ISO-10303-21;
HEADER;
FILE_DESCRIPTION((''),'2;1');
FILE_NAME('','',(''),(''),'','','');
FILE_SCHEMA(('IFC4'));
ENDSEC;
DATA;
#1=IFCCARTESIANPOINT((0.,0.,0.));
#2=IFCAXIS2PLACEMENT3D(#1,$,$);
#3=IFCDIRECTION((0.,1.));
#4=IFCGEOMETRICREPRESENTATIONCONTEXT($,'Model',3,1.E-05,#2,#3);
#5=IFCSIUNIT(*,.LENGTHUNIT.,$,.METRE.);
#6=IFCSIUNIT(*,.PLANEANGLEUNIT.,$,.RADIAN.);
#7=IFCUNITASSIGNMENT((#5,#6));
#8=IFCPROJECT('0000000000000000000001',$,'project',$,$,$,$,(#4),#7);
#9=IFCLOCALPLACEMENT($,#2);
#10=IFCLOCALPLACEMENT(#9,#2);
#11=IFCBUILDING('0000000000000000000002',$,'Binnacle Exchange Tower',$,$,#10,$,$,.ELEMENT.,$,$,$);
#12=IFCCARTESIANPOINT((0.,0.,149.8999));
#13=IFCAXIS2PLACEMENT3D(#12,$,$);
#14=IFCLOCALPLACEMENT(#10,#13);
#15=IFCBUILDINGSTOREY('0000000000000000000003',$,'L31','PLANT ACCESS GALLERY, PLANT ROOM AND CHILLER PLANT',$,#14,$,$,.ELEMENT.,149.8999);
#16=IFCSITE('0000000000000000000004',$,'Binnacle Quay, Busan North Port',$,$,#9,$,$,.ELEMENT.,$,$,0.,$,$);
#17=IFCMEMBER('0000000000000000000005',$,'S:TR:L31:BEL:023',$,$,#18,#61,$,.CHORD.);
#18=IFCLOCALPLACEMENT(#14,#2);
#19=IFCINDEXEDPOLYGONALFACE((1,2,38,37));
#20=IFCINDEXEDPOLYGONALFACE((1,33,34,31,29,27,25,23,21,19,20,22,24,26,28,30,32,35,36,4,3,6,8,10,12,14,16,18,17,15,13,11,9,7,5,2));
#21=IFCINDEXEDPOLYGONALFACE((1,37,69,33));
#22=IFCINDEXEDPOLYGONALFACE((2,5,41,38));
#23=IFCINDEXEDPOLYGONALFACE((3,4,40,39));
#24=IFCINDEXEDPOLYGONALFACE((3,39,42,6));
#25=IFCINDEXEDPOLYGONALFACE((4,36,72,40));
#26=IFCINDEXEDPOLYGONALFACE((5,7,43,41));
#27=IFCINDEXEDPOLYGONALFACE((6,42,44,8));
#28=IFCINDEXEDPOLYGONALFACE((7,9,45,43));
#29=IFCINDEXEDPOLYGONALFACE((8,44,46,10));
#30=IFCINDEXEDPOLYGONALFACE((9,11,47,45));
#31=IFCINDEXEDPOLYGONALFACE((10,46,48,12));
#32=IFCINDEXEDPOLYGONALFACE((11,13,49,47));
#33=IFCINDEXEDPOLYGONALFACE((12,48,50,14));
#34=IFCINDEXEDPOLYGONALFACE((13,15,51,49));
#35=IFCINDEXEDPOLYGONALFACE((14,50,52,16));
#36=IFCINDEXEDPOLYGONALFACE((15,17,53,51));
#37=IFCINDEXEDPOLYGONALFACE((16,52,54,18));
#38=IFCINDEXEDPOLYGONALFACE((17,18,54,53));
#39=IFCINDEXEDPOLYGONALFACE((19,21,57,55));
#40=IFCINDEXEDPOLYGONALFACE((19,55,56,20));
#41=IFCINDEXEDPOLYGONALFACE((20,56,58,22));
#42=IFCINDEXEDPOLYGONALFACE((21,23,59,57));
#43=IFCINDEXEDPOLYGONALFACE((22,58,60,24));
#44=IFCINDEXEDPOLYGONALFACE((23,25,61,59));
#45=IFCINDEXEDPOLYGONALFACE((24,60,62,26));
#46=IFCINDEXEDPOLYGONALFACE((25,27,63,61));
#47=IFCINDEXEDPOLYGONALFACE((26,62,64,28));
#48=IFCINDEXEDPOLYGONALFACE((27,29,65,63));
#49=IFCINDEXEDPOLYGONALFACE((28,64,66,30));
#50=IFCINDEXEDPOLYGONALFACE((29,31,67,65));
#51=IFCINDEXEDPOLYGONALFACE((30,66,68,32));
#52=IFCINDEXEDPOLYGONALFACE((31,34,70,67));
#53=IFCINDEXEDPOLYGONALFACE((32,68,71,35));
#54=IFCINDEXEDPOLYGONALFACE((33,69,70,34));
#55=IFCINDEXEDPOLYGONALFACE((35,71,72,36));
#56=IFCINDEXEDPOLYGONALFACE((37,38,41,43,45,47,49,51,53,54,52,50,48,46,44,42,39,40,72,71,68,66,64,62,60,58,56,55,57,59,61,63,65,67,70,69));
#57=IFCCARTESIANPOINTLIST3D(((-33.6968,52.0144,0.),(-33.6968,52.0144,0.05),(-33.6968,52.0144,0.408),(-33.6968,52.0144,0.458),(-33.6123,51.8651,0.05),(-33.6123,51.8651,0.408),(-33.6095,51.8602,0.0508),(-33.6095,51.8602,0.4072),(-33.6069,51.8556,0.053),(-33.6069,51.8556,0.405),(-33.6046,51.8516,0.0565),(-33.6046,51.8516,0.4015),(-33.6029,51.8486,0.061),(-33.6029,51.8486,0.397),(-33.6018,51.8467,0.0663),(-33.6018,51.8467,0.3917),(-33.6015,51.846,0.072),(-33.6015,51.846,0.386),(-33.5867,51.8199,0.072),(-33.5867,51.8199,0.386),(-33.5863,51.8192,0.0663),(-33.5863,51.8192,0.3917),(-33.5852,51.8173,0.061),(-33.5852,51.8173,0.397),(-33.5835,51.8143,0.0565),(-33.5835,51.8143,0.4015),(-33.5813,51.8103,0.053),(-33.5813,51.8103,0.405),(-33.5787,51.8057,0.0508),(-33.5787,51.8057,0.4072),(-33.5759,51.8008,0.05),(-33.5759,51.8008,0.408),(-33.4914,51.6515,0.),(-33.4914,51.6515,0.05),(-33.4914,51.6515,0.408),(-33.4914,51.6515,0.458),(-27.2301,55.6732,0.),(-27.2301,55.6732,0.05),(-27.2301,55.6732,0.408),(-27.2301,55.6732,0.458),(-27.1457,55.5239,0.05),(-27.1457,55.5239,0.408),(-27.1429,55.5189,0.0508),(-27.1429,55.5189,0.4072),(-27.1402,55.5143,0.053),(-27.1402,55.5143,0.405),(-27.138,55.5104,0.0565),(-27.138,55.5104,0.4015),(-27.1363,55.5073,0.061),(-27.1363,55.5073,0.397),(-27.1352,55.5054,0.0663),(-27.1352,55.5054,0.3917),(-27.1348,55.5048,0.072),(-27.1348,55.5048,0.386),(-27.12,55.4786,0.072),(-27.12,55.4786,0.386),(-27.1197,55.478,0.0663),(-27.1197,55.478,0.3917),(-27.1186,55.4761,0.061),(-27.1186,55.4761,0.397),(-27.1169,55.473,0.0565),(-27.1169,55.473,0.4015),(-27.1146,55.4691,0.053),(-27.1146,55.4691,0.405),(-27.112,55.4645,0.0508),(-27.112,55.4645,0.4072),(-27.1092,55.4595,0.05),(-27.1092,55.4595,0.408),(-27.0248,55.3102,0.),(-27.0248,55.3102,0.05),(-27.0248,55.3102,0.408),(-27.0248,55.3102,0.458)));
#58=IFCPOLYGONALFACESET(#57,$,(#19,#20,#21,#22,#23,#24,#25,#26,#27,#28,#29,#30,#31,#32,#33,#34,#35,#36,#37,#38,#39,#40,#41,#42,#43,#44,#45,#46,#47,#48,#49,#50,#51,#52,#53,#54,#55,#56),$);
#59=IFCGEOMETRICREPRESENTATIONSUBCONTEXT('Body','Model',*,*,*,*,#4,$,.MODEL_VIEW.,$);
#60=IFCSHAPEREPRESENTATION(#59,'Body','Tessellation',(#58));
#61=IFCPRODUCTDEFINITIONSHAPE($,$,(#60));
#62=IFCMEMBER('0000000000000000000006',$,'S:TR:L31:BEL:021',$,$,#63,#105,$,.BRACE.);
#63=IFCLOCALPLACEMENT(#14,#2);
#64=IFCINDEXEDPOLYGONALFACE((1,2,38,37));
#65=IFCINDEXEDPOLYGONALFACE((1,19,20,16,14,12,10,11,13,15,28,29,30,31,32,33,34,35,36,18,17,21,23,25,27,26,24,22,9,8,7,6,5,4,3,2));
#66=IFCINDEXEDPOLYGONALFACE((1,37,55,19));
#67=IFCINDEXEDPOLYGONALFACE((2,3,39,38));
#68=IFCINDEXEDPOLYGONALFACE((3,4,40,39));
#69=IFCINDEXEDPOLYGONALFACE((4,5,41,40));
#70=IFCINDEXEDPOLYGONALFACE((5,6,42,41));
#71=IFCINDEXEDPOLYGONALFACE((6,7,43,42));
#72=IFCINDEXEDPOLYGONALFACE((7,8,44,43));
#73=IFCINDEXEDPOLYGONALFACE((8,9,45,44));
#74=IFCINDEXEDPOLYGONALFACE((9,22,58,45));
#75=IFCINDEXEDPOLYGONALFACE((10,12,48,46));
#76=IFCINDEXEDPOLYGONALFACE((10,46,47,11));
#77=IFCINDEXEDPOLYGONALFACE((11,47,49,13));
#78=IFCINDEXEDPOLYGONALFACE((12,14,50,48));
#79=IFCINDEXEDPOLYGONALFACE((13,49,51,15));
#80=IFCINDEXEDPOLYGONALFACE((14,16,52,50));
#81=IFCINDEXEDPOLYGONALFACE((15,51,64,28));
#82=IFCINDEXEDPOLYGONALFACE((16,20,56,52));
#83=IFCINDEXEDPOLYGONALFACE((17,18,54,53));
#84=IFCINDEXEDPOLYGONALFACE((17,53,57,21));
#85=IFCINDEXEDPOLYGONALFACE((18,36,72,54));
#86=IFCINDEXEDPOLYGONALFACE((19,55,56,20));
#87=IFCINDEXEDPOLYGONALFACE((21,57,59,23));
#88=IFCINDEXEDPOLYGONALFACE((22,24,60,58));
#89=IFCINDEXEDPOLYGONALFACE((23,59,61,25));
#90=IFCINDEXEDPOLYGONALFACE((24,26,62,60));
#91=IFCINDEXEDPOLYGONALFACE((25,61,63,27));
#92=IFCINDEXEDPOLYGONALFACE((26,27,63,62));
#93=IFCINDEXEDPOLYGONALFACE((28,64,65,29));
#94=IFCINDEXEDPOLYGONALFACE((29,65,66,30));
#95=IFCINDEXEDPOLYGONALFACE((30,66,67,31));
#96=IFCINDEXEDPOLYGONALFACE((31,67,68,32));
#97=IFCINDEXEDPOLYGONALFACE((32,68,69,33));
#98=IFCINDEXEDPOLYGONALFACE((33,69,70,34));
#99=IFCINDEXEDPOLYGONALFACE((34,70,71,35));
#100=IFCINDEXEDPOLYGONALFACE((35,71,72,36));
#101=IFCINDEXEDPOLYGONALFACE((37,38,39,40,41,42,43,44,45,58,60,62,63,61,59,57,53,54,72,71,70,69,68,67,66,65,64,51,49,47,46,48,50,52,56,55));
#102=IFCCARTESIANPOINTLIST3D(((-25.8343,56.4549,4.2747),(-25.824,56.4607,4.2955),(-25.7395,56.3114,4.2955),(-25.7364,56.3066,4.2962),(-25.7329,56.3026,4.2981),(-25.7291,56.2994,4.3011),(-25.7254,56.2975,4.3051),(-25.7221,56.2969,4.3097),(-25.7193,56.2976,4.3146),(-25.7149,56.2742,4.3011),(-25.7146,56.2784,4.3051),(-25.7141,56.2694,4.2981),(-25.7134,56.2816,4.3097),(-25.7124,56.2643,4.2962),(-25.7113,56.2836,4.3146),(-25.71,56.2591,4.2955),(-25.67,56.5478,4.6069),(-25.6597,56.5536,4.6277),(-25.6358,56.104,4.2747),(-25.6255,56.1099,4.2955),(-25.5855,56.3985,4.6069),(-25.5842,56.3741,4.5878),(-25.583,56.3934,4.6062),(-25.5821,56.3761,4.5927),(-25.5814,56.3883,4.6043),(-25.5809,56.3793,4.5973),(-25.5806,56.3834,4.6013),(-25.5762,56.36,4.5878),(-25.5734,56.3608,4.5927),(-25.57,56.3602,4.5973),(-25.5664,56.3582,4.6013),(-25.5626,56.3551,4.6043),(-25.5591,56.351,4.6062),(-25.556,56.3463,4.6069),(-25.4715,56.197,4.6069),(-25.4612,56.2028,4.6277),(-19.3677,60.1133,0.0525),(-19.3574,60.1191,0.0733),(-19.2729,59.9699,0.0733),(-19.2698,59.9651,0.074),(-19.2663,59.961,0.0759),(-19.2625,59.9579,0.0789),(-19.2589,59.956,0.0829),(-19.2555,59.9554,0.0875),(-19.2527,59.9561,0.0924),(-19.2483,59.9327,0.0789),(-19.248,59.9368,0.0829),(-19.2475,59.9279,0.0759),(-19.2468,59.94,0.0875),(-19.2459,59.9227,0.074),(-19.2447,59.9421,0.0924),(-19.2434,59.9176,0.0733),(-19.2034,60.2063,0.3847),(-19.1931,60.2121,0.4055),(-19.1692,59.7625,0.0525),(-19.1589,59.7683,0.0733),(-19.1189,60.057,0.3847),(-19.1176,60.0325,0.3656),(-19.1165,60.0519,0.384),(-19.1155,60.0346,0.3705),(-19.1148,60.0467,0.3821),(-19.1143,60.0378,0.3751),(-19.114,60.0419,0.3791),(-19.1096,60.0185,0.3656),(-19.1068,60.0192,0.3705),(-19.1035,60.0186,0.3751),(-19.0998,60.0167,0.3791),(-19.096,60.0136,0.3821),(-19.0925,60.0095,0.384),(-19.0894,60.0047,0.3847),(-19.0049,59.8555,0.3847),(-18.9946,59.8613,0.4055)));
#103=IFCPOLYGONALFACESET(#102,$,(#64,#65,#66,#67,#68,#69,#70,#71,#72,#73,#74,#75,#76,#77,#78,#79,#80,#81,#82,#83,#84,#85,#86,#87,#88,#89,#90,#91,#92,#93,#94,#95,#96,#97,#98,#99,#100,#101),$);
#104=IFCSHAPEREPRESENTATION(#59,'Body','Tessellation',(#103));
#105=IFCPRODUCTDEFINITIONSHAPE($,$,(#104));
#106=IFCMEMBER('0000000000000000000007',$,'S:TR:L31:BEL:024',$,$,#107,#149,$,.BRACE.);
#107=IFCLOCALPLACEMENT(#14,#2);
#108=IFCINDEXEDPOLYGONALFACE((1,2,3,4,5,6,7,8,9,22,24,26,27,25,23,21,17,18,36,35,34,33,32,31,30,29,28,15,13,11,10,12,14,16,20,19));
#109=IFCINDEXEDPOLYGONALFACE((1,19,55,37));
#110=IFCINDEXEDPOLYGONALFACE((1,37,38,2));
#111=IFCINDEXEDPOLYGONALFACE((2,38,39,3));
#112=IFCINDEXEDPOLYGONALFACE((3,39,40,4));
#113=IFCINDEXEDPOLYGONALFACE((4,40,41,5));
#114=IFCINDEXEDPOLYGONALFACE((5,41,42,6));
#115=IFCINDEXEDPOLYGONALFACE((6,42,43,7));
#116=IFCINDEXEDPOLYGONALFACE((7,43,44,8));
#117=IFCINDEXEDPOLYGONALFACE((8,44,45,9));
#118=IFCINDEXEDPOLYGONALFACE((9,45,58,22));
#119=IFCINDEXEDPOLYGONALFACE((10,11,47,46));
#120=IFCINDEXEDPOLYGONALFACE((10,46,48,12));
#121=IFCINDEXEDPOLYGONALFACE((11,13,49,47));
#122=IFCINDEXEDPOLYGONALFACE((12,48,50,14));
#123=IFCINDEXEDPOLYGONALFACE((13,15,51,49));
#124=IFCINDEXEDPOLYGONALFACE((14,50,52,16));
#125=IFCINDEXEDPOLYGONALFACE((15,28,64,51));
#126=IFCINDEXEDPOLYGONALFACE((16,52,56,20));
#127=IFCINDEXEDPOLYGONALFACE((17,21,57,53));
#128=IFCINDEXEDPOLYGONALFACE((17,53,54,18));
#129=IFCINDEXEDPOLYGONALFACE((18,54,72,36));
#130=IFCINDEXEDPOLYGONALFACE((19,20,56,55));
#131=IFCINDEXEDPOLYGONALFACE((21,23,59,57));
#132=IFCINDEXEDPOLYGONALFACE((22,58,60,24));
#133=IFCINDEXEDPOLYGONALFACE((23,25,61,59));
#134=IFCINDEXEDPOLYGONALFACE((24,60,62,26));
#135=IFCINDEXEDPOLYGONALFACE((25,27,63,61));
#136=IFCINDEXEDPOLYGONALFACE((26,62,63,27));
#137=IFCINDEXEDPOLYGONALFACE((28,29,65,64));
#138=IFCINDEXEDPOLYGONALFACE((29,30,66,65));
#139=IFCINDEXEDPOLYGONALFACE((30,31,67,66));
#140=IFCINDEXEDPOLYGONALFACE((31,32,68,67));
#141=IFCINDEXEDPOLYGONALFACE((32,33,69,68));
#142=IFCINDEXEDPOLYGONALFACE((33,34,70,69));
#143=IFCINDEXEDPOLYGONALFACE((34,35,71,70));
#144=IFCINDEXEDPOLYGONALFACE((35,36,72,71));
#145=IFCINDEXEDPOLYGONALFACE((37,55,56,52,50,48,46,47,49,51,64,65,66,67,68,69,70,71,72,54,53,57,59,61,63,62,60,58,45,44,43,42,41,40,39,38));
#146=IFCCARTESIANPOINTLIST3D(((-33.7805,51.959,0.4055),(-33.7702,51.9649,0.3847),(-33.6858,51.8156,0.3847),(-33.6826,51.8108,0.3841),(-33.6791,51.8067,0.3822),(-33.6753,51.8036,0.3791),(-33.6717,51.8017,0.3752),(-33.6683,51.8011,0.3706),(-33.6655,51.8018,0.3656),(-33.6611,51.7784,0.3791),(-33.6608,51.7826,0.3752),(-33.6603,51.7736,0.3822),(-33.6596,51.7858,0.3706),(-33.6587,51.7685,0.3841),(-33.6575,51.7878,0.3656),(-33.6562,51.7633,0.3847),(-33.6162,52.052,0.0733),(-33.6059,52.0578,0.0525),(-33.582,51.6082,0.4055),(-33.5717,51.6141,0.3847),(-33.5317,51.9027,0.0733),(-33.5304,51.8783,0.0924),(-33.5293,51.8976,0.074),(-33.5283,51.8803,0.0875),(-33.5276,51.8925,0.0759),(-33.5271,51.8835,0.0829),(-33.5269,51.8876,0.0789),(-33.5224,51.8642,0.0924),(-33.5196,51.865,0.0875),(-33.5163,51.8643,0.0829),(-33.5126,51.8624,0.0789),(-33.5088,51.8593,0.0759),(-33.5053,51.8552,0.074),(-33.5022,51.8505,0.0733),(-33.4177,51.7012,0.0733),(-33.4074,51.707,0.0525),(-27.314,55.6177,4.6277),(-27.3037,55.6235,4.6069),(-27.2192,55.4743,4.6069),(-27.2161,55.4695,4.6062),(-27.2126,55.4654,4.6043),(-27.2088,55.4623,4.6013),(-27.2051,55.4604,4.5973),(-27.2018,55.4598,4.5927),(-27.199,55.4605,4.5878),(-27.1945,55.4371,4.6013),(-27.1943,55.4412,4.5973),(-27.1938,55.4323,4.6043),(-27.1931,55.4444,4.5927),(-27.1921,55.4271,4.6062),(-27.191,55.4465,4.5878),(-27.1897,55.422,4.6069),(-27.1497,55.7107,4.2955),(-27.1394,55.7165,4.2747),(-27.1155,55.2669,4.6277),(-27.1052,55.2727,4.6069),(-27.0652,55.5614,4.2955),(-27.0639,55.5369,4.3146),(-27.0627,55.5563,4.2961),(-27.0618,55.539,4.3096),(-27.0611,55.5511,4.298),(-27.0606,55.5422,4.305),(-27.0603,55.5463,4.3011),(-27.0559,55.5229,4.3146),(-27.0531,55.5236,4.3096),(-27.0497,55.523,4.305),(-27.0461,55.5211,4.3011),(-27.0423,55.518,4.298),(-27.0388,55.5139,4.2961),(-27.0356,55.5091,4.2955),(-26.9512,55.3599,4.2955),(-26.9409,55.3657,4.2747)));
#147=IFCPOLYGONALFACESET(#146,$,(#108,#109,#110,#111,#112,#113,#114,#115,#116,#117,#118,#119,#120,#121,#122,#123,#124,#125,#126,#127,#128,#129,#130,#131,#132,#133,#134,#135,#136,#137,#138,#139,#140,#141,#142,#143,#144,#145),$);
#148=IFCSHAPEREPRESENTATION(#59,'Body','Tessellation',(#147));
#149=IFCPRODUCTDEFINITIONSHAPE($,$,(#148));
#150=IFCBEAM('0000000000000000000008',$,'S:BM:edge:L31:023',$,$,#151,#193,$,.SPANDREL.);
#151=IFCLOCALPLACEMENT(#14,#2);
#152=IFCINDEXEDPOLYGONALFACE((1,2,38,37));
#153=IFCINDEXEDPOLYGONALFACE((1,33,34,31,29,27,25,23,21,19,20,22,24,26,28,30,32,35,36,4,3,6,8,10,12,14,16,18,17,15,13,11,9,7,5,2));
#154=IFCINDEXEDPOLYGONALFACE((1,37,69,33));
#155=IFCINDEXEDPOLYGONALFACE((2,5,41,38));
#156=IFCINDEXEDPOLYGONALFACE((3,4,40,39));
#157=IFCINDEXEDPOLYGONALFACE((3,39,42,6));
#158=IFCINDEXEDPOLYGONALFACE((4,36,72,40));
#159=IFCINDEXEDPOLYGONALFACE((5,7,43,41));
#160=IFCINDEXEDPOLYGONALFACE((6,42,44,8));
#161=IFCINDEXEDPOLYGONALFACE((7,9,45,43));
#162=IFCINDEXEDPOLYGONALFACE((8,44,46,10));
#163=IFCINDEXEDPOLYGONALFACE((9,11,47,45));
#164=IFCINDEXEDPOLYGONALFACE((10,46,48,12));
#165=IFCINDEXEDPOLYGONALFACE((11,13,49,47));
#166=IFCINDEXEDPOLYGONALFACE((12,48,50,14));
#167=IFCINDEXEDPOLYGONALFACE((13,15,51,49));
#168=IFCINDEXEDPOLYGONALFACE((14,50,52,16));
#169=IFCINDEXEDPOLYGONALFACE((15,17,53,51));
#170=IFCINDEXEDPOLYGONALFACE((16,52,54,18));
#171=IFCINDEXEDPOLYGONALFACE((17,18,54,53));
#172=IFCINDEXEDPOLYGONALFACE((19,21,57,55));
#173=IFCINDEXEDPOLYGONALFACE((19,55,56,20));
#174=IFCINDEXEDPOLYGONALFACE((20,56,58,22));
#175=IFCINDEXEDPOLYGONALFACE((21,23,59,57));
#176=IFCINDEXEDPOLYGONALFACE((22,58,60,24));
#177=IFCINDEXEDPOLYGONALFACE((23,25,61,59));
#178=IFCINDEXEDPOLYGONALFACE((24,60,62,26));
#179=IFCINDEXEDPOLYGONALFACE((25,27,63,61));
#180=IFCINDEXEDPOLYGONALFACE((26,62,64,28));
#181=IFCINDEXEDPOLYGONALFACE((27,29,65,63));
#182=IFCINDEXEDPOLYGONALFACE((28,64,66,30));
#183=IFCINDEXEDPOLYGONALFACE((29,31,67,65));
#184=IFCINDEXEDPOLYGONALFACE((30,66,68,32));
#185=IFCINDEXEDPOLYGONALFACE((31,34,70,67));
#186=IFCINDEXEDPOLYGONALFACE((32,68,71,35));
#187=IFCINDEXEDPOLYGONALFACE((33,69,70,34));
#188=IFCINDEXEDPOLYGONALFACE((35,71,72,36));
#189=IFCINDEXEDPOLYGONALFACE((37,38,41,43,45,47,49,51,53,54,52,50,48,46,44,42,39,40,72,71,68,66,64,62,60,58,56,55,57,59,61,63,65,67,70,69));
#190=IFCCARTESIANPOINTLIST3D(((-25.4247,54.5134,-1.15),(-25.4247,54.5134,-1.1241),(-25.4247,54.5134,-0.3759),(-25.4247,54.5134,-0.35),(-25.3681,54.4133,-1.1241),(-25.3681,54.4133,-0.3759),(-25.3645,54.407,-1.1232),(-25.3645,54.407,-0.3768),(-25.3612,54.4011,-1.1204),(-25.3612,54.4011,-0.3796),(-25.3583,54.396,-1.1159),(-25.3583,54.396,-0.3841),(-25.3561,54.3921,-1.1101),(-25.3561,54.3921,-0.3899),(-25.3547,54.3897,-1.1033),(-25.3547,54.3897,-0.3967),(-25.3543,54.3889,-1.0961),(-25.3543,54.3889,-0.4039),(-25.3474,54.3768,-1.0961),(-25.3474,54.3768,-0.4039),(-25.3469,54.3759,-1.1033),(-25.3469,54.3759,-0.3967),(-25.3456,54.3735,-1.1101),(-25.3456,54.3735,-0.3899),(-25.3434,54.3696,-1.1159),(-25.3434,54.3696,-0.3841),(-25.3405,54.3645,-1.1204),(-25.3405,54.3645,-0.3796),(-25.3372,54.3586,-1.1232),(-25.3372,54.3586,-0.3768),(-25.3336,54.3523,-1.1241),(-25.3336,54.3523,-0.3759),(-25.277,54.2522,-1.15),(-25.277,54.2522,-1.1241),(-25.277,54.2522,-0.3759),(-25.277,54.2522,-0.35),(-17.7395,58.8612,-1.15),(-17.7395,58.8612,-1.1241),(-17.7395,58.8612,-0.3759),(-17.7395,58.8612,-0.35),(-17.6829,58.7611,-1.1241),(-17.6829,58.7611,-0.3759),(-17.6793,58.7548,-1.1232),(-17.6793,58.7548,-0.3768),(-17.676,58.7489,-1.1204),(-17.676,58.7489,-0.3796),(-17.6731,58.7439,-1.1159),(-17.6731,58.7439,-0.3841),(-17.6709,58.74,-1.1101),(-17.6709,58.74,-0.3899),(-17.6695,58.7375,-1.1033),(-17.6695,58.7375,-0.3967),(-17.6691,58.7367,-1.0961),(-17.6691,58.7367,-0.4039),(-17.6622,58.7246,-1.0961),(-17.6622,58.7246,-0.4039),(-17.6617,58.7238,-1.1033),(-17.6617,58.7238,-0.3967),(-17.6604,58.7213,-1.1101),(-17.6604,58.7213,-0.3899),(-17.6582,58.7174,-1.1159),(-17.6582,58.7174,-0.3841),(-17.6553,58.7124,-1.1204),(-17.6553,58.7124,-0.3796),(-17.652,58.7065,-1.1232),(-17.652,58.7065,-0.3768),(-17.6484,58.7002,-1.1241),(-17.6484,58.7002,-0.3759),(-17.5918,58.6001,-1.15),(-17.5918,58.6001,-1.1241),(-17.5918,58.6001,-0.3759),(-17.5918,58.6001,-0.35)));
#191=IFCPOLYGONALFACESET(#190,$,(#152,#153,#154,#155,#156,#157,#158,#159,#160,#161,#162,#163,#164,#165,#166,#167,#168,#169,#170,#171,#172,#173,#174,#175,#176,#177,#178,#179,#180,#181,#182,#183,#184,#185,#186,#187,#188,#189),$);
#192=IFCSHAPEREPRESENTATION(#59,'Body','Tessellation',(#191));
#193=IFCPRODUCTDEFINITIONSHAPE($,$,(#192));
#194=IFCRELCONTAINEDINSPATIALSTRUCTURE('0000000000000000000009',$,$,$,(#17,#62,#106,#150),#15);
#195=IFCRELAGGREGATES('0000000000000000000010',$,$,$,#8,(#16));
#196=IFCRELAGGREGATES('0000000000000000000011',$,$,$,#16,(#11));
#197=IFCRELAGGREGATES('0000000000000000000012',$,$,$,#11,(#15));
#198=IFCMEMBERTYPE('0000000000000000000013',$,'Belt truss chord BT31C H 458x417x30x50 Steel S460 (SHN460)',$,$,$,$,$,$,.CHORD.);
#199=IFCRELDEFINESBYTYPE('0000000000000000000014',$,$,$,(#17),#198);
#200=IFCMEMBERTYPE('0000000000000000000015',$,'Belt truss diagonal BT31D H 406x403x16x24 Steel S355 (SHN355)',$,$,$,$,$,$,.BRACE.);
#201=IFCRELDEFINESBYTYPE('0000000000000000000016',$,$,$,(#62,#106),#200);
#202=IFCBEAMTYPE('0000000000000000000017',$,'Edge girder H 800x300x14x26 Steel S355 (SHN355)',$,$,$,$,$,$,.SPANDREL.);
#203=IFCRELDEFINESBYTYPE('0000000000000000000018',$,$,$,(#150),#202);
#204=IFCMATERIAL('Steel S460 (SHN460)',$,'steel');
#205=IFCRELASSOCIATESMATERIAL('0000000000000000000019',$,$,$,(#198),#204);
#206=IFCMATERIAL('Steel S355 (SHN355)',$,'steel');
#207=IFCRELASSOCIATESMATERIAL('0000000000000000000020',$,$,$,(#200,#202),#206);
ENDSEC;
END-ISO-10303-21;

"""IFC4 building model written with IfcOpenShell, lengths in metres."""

from ifc_helpers import new_model, si_unit, direction, frame, origin, origin_2d, place, context, subcontext, project, spatial, i_section, extrude, material, material_profile, profile_set, type_object, element, save


model = new_model("IFC4")

# Units and contexts
model_context = context("Model", 3, precision=1e-05, world=origin(), true_north=direction((0.0, 1.0)))
body_context = subcontext(model_context, "Body", "Model", "MODEL_VIEW")
ifc_project = project(units=[si_unit("LENGTHUNIT", "METRE"), si_unit("PLANEANGLEUNIT", "RADIAN")], contexts=[model_context])

# Site, building, storey
site_placement = place(None, origin())
site = spatial("IfcSite", under=ifc_project, at=site_placement, Name="Binnacle Quay, Busan North Port", CompositionType="ELEMENT", RefElevation=0.0)
building_placement = place(site_placement, origin())
building = spatial("IfcBuilding", under=site, at=building_placement, Name="Binnacle Exchange Tower", CompositionType="ELEMENT")
storey_placement = place(building_placement, frame((0.0, 0.0, 149.8999)))
storey = spatial("IfcBuildingStorey", under=building, at=storey_placement, Name="L31", Description="PLANT ACCESS GALLERY, PLANT ROOM AND CHILLER PLANT", CompositionType="ELEMENT", Elevation=149.8999)

# Members
ifc_material_1 = material(Name="Steel S460 (SHN460)", Category="steel")
ifc_material_profile_1 = material_profile(ifc_material_1, i_section(OverallWidth=0.417, OverallDepth=0.458, WebThickness=0.03, FlangeThickness=0.05, FilletRadius=0.022, at=origin_2d()), Name="H 458x417x30x50")
ifc_profile_set_1 = profile_set([ifc_material_profile_1], Name="Steel S460 (SHN460)")
member_type_1 = type_object("IfcMemberType", Name="Belt truss chord BT31C H 458x417x30x50 Steel S460 (SHN460)", PredefinedType="CHORD", material=ifc_profile_set_1)
for number, where, z_axis, x_axis, name in (
    (1, (-27.1274, 55.4917, 0.229), (-0.87035, -0.492433, 0.0), (0.492433, -0.87035, 0.0), "S:TR:L31:BEL:023"),
):
    element("IfcMember", number, at=place(storey_placement, frame(where, z_axis=z_axis, x_axis=x_axis)), inside=storey, type_object=member_type_1, Name=name, PredefinedType="CHORD", context=body_context, shape_type="SweptSolid", body=[
        extrude(i_section(OverallWidth=0.417, OverallDepth=0.458, WebThickness=0.03, FlangeThickness=0.05, FilletRadius=0.022, at=origin_2d()), origin(), (0.0, 0.0, 1.0), 7.4299),
    ])
ifc_material_2 = material(Name="Steel S355 (SHN355)", Category="steel")
ifc_material_profile_2 = material_profile(ifc_material_2, i_section(OverallWidth=0.4031, OverallDepth=0.406, WebThickness=0.0161, FlangeThickness=0.0239, FilletRadius=0.022, at=origin_2d()), Name="H 406x403x16x24")
ifc_profile_set_2 = profile_set([ifc_material_profile_2], Name="Steel S355 (SHN355)")
member_type_2 = type_object("IfcMemberType", Name="Belt truss diagonal BT31D H 406x403x16x24 Steel S355 (SHN355)", PredefinedType="BRACE", material=ifc_profile_set_2)
for number, where, z_axis, x_axis, name in (
    (2, (-19.1812, 59.9873, 0.229), (-0.756712, -0.428109, 0.494075), (0.492408, -0.870364, 0.0), "S:TR:L31:BEL:021"),
    (3, (-27.1274, 55.4917, 4.4512), (-0.756702, -0.428132, -0.494069), (0.492433, -0.87035, 0.0), "S:TR:L31:BEL:024"),
):
    element("IfcMember", number, at=place(storey_placement, frame(where, z_axis=z_axis, x_axis=x_axis)), inside=storey, type_object=member_type_2, Name=name, PredefinedType="BRACE", context=body_context, shape_type="SweptSolid", body=[
        extrude(i_section(OverallWidth=0.4031, OverallDepth=0.406, WebThickness=0.0161, FlangeThickness=0.0239, FilletRadius=0.022, at=origin_2d()), origin(), (0.0, 0.0, 1.0), 8.5457),
    ])

# Beam
ifc_material_profile_3 = material_profile(ifc_material_2, i_section(OverallWidth=0.3, OverallDepth=0.8, WebThickness=0.0139, FlangeThickness=0.0259, FilletRadius=0.0281, at=origin_2d()), Name="H 800x300x14x26")
ifc_profile_set_3 = profile_set([ifc_material_profile_3], Name="Steel S355 (SHN355)")
beam_type_1 = type_object("IfcBeamType", Name="Edge girder H 800x300x14x26 Steel S355 (SHN355)", PredefinedType="SPANDREL", material=ifc_profile_set_3)
beam_1_placement = place(storey_placement, frame((-25.3508, 54.3828, -0.75), z_axis=(0.870367, 0.492403, 0.0), x_axis=(-0.492403, 0.870367, 0.0)))
element("IfcBeam", 4, at=beam_1_placement, inside=storey, type_object=beam_type_1, Name="S:BM:edge:L31:023", PredefinedType="SPANDREL", context=body_context, shape_type="SweptSolid", body=[
    extrude(i_section(OverallWidth=0.3, OverallDepth=0.8, WebThickness=0.0139, FlangeThickness=0.0259, FilletRadius=0.0281, at=origin_2d()), origin(), (0.0, 0.0, 1.0), 8.8298),
])

save(model, "model.ifc")
